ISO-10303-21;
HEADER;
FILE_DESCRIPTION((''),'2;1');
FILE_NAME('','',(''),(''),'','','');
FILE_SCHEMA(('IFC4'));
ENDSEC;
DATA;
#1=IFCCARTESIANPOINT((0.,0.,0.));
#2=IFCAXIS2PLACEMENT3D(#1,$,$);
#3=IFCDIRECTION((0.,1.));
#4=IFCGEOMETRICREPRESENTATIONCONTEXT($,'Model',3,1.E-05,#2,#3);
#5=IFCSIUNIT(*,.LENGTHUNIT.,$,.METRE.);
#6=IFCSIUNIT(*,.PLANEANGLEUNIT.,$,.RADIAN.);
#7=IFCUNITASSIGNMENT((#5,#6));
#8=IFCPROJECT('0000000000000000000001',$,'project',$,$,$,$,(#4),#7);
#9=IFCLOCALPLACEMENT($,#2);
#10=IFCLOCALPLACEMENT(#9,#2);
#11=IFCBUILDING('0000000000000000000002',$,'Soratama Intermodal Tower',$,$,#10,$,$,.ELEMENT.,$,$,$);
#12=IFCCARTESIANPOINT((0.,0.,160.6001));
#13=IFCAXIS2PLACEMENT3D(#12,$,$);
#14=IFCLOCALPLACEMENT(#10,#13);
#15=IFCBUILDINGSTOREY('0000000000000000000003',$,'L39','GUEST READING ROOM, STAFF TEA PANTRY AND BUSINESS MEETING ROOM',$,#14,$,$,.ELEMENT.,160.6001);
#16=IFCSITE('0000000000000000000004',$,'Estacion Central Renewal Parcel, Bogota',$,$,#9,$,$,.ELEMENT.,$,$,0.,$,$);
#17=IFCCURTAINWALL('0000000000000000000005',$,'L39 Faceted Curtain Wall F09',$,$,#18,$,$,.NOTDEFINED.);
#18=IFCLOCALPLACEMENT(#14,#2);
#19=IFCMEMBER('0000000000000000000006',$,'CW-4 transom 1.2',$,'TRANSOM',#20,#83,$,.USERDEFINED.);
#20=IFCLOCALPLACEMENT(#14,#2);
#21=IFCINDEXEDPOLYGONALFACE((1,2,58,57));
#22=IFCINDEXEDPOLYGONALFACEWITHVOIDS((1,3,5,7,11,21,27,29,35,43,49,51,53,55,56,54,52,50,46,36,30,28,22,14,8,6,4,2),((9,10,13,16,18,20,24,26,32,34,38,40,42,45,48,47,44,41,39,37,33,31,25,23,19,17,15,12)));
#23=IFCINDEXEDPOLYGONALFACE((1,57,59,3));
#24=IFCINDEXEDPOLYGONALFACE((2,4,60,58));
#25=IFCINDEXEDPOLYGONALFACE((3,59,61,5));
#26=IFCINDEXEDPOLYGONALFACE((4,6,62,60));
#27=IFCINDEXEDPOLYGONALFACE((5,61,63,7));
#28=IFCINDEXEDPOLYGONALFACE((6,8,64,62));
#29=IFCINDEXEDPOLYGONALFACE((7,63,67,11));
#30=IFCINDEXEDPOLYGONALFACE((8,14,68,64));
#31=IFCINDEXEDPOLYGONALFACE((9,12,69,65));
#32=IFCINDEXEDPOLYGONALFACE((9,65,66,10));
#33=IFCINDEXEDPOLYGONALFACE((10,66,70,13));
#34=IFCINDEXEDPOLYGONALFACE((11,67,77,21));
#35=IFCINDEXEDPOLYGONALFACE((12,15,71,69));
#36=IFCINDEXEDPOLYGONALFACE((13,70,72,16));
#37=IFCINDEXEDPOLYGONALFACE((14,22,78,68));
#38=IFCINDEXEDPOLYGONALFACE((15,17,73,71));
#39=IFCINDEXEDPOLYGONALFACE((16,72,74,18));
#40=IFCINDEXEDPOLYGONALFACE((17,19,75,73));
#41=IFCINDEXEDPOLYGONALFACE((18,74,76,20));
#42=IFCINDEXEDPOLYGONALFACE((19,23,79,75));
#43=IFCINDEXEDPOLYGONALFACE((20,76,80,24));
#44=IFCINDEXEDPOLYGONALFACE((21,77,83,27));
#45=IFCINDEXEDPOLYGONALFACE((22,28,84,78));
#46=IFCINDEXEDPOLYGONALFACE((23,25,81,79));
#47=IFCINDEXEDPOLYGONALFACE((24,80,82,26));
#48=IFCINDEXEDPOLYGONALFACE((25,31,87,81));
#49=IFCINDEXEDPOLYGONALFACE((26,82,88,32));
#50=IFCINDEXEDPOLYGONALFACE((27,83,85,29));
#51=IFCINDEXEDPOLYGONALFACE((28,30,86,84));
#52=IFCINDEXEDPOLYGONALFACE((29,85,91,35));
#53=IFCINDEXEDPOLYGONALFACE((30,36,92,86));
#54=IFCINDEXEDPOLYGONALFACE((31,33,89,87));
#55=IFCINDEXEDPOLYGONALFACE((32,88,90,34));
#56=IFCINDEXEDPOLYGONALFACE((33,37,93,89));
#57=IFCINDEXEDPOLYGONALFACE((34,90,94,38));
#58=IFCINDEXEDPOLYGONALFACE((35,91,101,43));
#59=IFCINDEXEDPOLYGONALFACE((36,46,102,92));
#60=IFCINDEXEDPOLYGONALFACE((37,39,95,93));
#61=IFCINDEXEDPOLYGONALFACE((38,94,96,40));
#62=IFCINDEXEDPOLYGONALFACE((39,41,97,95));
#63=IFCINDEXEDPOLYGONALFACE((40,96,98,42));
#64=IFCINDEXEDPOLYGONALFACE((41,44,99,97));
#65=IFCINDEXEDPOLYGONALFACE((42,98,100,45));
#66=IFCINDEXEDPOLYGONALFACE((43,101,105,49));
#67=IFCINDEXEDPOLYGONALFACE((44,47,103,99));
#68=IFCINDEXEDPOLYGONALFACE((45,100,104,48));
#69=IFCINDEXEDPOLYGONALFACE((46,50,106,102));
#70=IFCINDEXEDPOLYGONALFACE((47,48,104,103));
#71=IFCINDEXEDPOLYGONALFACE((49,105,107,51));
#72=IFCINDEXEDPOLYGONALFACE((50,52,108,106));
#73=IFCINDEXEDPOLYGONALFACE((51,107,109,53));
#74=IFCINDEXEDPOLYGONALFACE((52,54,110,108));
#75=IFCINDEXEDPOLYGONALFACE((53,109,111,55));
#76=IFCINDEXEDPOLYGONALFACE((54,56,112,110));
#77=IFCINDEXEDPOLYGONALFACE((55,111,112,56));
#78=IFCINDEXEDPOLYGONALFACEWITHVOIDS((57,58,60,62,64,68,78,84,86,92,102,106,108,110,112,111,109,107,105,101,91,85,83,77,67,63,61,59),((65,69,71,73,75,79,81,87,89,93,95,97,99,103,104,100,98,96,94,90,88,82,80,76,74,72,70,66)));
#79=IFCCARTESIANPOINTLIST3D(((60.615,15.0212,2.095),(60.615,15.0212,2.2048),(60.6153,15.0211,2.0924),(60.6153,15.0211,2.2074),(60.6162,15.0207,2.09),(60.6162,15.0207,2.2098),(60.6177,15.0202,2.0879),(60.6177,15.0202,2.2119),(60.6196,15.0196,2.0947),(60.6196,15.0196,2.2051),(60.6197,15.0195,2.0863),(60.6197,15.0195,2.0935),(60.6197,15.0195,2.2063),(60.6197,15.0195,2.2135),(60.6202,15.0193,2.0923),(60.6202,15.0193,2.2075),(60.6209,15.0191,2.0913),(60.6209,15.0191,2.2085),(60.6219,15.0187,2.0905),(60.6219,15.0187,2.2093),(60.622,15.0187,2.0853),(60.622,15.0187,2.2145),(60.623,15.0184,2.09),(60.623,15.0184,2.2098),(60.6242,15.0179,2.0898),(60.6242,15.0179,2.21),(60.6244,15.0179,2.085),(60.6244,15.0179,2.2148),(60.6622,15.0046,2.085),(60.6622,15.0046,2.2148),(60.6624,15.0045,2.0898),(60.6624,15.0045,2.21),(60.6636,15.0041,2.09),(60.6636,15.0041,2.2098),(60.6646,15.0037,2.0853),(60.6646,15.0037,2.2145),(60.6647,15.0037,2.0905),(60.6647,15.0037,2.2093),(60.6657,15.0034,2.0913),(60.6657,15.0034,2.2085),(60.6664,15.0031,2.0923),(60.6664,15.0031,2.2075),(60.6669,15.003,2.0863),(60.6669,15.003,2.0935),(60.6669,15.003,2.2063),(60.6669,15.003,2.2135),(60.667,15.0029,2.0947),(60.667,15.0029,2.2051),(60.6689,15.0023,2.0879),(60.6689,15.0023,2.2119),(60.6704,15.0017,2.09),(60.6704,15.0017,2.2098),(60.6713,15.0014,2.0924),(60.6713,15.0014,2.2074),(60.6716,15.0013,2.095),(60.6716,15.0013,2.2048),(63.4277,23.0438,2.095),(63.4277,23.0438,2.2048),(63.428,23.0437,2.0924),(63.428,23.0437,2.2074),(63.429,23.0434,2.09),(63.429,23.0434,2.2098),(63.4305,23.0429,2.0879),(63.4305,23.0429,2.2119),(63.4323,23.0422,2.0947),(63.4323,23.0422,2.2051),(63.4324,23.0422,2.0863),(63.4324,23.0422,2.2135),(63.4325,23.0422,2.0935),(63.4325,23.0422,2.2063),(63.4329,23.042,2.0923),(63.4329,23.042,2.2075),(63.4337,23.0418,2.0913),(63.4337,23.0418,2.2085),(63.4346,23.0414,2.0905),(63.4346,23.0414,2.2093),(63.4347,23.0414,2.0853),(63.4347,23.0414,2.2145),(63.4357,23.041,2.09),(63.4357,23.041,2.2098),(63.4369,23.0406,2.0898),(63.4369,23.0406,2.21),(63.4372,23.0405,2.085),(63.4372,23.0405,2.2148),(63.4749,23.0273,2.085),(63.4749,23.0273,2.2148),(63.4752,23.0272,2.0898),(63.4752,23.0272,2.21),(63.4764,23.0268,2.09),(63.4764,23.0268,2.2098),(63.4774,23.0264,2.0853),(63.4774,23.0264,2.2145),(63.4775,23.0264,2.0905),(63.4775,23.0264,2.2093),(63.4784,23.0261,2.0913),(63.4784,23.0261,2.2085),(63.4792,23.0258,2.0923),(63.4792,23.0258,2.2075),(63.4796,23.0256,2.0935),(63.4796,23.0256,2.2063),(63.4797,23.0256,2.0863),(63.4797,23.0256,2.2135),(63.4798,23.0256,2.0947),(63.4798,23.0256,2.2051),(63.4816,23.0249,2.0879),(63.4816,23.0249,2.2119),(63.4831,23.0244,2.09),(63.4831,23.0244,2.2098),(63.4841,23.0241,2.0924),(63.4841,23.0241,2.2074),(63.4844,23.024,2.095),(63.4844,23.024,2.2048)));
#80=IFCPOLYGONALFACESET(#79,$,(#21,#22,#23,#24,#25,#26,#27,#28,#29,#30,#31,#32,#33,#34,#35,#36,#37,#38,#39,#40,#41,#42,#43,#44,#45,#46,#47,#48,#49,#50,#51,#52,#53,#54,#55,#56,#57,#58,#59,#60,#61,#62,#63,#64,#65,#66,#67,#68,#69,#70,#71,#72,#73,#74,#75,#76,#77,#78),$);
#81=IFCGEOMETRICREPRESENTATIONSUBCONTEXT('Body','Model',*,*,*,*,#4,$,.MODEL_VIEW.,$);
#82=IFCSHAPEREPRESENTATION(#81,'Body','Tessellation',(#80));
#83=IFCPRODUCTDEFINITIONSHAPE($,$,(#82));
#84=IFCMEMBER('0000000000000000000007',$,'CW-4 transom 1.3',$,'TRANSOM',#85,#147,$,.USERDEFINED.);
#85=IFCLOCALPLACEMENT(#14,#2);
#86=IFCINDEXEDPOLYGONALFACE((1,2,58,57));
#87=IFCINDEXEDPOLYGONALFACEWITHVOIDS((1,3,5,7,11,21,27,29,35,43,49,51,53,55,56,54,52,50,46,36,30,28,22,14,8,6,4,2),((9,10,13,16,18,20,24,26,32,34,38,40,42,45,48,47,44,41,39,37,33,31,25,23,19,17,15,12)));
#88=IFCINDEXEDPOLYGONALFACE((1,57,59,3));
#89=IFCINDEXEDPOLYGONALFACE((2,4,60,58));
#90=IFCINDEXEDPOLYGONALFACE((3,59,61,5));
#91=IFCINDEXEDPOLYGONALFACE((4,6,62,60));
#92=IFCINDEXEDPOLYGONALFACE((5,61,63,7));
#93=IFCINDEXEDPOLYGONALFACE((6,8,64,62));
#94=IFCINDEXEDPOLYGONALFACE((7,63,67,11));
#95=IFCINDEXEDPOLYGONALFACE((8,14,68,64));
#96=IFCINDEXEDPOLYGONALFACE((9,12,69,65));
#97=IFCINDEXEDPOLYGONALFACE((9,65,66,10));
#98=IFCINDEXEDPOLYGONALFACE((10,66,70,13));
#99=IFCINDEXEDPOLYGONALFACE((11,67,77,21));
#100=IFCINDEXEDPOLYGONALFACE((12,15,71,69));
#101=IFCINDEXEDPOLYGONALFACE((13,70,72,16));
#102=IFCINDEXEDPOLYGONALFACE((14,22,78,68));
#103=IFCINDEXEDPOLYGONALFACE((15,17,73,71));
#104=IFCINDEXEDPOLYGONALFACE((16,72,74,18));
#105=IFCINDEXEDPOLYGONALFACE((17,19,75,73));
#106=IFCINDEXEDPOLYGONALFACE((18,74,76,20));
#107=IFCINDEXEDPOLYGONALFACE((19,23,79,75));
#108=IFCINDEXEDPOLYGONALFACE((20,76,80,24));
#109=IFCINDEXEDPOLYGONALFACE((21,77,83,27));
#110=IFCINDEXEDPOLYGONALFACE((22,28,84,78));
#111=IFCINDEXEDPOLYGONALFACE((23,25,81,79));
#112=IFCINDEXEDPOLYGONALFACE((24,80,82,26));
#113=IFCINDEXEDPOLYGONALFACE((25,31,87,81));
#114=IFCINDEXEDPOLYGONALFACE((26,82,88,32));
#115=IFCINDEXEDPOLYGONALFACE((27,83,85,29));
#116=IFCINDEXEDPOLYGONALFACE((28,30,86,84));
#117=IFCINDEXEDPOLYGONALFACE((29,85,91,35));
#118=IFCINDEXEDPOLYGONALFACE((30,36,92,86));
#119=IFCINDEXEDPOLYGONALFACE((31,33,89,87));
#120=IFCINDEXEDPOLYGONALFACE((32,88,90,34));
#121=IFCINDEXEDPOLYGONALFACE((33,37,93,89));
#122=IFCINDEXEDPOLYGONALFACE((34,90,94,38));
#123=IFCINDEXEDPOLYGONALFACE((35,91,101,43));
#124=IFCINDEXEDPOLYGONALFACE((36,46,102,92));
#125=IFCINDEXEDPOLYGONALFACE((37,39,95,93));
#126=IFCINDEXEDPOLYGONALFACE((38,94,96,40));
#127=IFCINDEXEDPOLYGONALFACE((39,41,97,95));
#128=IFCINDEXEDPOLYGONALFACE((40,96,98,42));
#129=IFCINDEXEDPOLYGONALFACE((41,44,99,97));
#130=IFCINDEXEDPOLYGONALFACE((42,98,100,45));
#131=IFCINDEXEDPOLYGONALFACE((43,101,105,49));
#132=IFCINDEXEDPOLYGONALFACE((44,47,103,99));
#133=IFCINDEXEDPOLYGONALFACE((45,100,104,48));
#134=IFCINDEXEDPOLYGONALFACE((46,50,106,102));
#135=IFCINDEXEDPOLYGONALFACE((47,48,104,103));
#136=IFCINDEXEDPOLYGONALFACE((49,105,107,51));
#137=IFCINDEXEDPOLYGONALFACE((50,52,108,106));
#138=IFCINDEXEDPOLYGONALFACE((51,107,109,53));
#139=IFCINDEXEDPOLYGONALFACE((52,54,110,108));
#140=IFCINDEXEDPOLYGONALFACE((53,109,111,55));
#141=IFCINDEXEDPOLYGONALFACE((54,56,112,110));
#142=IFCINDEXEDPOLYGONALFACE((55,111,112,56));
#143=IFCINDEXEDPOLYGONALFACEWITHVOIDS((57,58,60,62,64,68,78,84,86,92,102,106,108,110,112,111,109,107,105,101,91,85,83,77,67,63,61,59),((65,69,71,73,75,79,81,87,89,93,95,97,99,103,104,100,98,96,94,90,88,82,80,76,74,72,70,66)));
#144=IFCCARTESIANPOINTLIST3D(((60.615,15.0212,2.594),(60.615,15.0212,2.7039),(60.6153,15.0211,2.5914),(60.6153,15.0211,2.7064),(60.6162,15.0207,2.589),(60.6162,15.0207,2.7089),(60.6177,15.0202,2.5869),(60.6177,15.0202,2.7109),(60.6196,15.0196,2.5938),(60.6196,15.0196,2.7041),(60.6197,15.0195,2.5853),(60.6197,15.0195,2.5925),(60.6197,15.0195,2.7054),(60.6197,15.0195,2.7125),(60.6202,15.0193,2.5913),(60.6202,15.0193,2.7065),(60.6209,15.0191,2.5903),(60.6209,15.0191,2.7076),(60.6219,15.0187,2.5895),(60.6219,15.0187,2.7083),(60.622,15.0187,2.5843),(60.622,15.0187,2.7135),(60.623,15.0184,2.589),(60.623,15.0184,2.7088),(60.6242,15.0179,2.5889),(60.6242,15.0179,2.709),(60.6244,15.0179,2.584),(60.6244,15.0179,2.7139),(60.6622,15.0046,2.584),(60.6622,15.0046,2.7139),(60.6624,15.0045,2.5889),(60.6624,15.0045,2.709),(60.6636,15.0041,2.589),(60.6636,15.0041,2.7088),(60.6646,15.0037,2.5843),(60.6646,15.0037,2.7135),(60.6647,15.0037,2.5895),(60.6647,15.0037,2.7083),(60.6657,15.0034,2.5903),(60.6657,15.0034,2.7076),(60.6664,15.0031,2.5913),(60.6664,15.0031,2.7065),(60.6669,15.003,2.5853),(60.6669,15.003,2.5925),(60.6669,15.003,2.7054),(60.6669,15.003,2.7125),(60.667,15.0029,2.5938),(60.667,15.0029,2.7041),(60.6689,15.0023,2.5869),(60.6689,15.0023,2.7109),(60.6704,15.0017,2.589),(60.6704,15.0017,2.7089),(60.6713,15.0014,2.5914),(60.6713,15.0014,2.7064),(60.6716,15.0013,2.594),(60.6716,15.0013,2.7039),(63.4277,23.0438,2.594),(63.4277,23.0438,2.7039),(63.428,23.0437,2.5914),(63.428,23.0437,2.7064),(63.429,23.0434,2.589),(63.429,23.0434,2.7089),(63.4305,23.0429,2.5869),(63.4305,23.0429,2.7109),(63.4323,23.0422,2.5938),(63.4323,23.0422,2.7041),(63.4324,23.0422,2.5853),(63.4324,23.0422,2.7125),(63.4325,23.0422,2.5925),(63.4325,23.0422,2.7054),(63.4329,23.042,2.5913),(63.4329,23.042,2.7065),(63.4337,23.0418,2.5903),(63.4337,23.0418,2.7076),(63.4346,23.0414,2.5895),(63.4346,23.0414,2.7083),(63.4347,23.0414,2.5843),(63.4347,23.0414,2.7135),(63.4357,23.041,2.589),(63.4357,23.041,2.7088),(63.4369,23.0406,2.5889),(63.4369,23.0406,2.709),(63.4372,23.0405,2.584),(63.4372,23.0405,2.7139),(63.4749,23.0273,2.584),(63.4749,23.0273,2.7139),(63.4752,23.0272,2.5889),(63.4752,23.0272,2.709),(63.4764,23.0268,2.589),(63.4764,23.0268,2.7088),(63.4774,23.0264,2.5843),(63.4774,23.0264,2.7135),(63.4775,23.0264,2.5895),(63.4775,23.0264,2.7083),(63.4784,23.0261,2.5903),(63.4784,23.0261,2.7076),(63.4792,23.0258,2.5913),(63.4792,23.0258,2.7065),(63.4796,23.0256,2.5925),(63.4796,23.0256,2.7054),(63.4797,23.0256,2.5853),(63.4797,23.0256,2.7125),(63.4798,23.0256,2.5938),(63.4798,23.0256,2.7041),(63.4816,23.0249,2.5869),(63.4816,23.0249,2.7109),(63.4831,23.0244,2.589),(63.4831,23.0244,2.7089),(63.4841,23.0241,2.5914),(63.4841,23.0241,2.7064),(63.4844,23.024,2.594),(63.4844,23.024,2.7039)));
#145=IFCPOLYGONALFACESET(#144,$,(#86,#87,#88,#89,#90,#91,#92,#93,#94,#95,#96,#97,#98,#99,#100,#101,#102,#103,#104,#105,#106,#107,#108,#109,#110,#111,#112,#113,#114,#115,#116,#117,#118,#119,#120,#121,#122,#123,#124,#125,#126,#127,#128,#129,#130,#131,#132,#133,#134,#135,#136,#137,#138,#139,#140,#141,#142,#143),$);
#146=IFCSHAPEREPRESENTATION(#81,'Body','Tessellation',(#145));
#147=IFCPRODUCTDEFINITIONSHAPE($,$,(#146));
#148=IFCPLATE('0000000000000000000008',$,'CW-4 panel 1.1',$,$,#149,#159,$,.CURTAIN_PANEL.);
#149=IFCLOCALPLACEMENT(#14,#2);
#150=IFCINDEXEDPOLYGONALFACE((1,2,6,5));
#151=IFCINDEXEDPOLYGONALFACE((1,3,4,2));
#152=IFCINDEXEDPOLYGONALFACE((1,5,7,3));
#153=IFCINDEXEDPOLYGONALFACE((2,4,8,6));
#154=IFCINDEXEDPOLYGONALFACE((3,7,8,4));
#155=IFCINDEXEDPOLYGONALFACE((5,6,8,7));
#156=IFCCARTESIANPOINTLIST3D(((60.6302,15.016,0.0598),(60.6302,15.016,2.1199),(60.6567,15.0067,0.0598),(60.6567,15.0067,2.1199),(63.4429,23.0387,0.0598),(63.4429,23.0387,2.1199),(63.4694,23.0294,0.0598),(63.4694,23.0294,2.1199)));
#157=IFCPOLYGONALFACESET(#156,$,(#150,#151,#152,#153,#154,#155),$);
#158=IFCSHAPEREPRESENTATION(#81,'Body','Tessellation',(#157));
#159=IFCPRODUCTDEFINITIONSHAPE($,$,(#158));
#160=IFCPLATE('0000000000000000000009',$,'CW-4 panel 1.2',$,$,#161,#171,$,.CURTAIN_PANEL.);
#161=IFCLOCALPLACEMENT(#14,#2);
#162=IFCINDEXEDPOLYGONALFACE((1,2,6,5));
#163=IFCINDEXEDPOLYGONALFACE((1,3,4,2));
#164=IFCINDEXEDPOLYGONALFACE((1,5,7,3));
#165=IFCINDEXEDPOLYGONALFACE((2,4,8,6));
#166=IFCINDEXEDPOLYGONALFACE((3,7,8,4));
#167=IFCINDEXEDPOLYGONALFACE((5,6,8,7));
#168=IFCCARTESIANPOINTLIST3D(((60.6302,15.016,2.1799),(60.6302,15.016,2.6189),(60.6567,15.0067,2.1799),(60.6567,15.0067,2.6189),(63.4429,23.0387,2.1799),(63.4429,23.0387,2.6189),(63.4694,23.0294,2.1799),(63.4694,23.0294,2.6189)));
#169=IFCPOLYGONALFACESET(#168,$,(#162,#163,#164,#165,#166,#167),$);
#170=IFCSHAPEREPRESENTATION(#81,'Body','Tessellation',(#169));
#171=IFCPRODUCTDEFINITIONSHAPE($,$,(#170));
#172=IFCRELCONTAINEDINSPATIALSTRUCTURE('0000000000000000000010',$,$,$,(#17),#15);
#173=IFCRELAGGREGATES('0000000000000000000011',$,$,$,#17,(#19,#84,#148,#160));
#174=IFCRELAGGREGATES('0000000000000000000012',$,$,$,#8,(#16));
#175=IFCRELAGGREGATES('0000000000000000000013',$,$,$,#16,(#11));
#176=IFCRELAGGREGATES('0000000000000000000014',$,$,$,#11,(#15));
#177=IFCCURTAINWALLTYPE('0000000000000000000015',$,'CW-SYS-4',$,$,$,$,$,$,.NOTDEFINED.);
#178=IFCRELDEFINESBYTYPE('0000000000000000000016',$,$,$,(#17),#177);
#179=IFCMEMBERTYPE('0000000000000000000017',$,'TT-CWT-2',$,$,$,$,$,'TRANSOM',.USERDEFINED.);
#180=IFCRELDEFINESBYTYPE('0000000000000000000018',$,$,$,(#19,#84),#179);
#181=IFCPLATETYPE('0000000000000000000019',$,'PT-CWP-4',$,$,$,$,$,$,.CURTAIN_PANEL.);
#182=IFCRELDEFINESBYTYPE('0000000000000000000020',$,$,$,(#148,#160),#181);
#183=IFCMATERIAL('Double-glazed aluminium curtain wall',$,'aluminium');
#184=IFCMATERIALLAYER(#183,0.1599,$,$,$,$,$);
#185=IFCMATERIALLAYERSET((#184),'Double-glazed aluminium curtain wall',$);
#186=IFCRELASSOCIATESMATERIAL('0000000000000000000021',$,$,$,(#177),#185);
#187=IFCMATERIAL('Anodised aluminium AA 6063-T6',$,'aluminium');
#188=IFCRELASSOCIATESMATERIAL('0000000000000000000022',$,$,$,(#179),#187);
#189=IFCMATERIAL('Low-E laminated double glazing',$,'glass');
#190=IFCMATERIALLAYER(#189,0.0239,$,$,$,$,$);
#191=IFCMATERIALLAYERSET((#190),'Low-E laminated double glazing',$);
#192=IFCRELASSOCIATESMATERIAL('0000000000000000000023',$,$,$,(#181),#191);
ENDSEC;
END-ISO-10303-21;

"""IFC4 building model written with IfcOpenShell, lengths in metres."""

from ifc_helpers import new_model, si_unit, direction, frame, origin, origin_2d, place, context, subcontext, project, spatial, rectangle, hollow_rectangle, extrude, material, layer, layer_set, material_profile, profile_set, type_object, element, aggregate, save


model = new_model("IFC4")

# Units and contexts
model_context = context("Model", 3, precision=1e-05, world=origin(), true_north=direction((0.0, 1.0)))
body_context = subcontext(model_context, "Body", "Model", "MODEL_VIEW")
ifc_project = project(units=[si_unit("LENGTHUNIT", "METRE"), si_unit("PLANEANGLEUNIT", "RADIAN")], contexts=[model_context])

# Site, building, storey
site_placement = place(None, origin())
site = spatial("IfcSite", under=ifc_project, at=site_placement, Name="Estacion Central Renewal Parcel, Bogota", CompositionType="ELEMENT", RefElevation=0.0)
building_placement = place(site_placement, origin())
building = spatial("IfcBuilding", under=site, at=building_placement, Name="Soratama Intermodal Tower", CompositionType="ELEMENT")
storey_placement = place(building_placement, frame((0.0, 0.0, 160.6001)))
storey = spatial("IfcBuildingStorey", under=building, at=storey_placement, Name="L39", Description="GUEST READING ROOM, STAFF TEA PANTRY AND BUSINESS MEETING ROOM", CompositionType="ELEMENT", Elevation=160.6001)

# Curtain wall, members, plates
ifc_material_1 = material(Name="Double-glazed aluminium curtain wall", Category="aluminium")
ifc_layer_1 = layer(ifc_material_1, 0.1599)
ifc_layer_set_1 = layer_set([ifc_layer_1], Name="Double-glazed aluminium curtain wall")
curtain_wall_type = type_object("IfcCurtainWallType", Name="CW-SYS-4", PredefinedType="NOTDEFINED", material=ifc_layer_set_1)
curtain_wall_placement = place(storey_placement, origin())
curtain_wall = element("IfcCurtainWall", 1, at=curtain_wall_placement, inside=storey, type_object=curtain_wall_type, Name="L39 Faceted Curtain Wall F09", PredefinedType="NOTDEFINED")
ifc_material_2 = material(Name="Anodised aluminium AA 6063-T6", Category="aluminium")
ifc_material_profile_1 = material_profile(ifc_material_2, hollow_rectangle(XDim=0.0601, YDim=0.1299, WallThickness=0.0049, InnerFilletRadius=0.0049, OuterFilletRadius=0.01, at=origin_2d()), Name="CWT130X60X5")
ifc_profile_set_1 = profile_set([ifc_material_profile_1], Name="Anodised aluminium AA 6063-T6")
member_type_1 = type_object("IfcMemberType", Name="TT-CWT-2", ElementType="TRANSOM", PredefinedType="USERDEFINED", material=ifc_profile_set_1)
member_1_placement = place(storey_placement, frame((60.6433, 15.0112, 2.1499), z_axis=(0.330853, 0.943682, 0.0), x_axis=(-0.943682, 0.330853, 0.0)))
member_1 = element("IfcMember", 2, at=member_1_placement, type_object=member_type_1, Name="CW-4 transom 1.2", ObjectType="TRANSOM", PredefinedType="USERDEFINED", context=body_context, shape_type="SweptSolid", body=[
    extrude(hollow_rectangle(XDim=0.0601, YDim=0.1299, WallThickness=0.0049, InnerFilletRadius=0.0049, OuterFilletRadius=0.01, at=origin_2d()), origin(), (0.0, 0.0, 1.0), 8.5015),
])
member_2_placement = place(storey_placement, frame((60.6433, 15.0112, 2.6489), z_axis=(0.330853, 0.943682, 0.0), x_axis=(-0.943682, 0.330853, 0.0)))
member_2 = element("IfcMember", 3, at=member_2_placement, type_object=member_type_1, Name="CW-4 transom 1.3", ObjectType="TRANSOM", PredefinedType="USERDEFINED", context=body_context, shape_type="SweptSolid", body=[
    extrude(hollow_rectangle(XDim=0.0601, YDim=0.1299, WallThickness=0.0049, InnerFilletRadius=0.0049, OuterFilletRadius=0.01, at=origin_2d()), origin(), (0.0, 0.0, 1.0), 8.5015),
])
ifc_material_3 = material(Name="Low-E laminated double glazing", Category="glass")
ifc_layer_2 = layer(ifc_material_3, 0.0239)
ifc_layer_set_2 = layer_set([ifc_layer_2], Name="Low-E laminated double glazing")
plate_type = type_object("IfcPlateType", Name="PT-CWP-4", PredefinedType="CURTAIN_PANEL", material=ifc_layer_set_2)
plate_1_placement = place(storey_placement, frame((62.0498, 19.0227, 0.0598), z_axis=(0.0, 0.0, 1.0), x_axis=(0.330846, 0.943685, 0.0)))
plate_1 = element("IfcPlate", 4, at=plate_1_placement, type_object=plate_type, Name="CW-4 panel 1.1", PredefinedType="CURTAIN_PANEL", context=body_context, shape_type="SweptSolid", body=[
    extrude(rectangle(XDim=8.5015, YDim=0.0281, at=origin_2d()), origin(), (0.0, 0.0, 1.0), 2.0601),
])
plate_2_placement = place(storey_placement, frame((62.0498, 19.0227, 2.1799), z_axis=(0.0, 0.0, 1.0), x_axis=(0.330846, 0.943685, 0.0)))
plate_2 = element("IfcPlate", 5, at=plate_2_placement, type_object=plate_type, Name="CW-4 panel 1.2", PredefinedType="CURTAIN_PANEL", context=body_context, shape_type="SweptSolid", body=[
    extrude(rectangle(XDim=8.5015, YDim=0.0281, at=origin_2d()), origin(), (0.0, 0.0, 1.0), 0.439),
])
aggregate(curtain_wall, [member_1, member_2, plate_1, plate_2])

save(model, "model.ifc")
